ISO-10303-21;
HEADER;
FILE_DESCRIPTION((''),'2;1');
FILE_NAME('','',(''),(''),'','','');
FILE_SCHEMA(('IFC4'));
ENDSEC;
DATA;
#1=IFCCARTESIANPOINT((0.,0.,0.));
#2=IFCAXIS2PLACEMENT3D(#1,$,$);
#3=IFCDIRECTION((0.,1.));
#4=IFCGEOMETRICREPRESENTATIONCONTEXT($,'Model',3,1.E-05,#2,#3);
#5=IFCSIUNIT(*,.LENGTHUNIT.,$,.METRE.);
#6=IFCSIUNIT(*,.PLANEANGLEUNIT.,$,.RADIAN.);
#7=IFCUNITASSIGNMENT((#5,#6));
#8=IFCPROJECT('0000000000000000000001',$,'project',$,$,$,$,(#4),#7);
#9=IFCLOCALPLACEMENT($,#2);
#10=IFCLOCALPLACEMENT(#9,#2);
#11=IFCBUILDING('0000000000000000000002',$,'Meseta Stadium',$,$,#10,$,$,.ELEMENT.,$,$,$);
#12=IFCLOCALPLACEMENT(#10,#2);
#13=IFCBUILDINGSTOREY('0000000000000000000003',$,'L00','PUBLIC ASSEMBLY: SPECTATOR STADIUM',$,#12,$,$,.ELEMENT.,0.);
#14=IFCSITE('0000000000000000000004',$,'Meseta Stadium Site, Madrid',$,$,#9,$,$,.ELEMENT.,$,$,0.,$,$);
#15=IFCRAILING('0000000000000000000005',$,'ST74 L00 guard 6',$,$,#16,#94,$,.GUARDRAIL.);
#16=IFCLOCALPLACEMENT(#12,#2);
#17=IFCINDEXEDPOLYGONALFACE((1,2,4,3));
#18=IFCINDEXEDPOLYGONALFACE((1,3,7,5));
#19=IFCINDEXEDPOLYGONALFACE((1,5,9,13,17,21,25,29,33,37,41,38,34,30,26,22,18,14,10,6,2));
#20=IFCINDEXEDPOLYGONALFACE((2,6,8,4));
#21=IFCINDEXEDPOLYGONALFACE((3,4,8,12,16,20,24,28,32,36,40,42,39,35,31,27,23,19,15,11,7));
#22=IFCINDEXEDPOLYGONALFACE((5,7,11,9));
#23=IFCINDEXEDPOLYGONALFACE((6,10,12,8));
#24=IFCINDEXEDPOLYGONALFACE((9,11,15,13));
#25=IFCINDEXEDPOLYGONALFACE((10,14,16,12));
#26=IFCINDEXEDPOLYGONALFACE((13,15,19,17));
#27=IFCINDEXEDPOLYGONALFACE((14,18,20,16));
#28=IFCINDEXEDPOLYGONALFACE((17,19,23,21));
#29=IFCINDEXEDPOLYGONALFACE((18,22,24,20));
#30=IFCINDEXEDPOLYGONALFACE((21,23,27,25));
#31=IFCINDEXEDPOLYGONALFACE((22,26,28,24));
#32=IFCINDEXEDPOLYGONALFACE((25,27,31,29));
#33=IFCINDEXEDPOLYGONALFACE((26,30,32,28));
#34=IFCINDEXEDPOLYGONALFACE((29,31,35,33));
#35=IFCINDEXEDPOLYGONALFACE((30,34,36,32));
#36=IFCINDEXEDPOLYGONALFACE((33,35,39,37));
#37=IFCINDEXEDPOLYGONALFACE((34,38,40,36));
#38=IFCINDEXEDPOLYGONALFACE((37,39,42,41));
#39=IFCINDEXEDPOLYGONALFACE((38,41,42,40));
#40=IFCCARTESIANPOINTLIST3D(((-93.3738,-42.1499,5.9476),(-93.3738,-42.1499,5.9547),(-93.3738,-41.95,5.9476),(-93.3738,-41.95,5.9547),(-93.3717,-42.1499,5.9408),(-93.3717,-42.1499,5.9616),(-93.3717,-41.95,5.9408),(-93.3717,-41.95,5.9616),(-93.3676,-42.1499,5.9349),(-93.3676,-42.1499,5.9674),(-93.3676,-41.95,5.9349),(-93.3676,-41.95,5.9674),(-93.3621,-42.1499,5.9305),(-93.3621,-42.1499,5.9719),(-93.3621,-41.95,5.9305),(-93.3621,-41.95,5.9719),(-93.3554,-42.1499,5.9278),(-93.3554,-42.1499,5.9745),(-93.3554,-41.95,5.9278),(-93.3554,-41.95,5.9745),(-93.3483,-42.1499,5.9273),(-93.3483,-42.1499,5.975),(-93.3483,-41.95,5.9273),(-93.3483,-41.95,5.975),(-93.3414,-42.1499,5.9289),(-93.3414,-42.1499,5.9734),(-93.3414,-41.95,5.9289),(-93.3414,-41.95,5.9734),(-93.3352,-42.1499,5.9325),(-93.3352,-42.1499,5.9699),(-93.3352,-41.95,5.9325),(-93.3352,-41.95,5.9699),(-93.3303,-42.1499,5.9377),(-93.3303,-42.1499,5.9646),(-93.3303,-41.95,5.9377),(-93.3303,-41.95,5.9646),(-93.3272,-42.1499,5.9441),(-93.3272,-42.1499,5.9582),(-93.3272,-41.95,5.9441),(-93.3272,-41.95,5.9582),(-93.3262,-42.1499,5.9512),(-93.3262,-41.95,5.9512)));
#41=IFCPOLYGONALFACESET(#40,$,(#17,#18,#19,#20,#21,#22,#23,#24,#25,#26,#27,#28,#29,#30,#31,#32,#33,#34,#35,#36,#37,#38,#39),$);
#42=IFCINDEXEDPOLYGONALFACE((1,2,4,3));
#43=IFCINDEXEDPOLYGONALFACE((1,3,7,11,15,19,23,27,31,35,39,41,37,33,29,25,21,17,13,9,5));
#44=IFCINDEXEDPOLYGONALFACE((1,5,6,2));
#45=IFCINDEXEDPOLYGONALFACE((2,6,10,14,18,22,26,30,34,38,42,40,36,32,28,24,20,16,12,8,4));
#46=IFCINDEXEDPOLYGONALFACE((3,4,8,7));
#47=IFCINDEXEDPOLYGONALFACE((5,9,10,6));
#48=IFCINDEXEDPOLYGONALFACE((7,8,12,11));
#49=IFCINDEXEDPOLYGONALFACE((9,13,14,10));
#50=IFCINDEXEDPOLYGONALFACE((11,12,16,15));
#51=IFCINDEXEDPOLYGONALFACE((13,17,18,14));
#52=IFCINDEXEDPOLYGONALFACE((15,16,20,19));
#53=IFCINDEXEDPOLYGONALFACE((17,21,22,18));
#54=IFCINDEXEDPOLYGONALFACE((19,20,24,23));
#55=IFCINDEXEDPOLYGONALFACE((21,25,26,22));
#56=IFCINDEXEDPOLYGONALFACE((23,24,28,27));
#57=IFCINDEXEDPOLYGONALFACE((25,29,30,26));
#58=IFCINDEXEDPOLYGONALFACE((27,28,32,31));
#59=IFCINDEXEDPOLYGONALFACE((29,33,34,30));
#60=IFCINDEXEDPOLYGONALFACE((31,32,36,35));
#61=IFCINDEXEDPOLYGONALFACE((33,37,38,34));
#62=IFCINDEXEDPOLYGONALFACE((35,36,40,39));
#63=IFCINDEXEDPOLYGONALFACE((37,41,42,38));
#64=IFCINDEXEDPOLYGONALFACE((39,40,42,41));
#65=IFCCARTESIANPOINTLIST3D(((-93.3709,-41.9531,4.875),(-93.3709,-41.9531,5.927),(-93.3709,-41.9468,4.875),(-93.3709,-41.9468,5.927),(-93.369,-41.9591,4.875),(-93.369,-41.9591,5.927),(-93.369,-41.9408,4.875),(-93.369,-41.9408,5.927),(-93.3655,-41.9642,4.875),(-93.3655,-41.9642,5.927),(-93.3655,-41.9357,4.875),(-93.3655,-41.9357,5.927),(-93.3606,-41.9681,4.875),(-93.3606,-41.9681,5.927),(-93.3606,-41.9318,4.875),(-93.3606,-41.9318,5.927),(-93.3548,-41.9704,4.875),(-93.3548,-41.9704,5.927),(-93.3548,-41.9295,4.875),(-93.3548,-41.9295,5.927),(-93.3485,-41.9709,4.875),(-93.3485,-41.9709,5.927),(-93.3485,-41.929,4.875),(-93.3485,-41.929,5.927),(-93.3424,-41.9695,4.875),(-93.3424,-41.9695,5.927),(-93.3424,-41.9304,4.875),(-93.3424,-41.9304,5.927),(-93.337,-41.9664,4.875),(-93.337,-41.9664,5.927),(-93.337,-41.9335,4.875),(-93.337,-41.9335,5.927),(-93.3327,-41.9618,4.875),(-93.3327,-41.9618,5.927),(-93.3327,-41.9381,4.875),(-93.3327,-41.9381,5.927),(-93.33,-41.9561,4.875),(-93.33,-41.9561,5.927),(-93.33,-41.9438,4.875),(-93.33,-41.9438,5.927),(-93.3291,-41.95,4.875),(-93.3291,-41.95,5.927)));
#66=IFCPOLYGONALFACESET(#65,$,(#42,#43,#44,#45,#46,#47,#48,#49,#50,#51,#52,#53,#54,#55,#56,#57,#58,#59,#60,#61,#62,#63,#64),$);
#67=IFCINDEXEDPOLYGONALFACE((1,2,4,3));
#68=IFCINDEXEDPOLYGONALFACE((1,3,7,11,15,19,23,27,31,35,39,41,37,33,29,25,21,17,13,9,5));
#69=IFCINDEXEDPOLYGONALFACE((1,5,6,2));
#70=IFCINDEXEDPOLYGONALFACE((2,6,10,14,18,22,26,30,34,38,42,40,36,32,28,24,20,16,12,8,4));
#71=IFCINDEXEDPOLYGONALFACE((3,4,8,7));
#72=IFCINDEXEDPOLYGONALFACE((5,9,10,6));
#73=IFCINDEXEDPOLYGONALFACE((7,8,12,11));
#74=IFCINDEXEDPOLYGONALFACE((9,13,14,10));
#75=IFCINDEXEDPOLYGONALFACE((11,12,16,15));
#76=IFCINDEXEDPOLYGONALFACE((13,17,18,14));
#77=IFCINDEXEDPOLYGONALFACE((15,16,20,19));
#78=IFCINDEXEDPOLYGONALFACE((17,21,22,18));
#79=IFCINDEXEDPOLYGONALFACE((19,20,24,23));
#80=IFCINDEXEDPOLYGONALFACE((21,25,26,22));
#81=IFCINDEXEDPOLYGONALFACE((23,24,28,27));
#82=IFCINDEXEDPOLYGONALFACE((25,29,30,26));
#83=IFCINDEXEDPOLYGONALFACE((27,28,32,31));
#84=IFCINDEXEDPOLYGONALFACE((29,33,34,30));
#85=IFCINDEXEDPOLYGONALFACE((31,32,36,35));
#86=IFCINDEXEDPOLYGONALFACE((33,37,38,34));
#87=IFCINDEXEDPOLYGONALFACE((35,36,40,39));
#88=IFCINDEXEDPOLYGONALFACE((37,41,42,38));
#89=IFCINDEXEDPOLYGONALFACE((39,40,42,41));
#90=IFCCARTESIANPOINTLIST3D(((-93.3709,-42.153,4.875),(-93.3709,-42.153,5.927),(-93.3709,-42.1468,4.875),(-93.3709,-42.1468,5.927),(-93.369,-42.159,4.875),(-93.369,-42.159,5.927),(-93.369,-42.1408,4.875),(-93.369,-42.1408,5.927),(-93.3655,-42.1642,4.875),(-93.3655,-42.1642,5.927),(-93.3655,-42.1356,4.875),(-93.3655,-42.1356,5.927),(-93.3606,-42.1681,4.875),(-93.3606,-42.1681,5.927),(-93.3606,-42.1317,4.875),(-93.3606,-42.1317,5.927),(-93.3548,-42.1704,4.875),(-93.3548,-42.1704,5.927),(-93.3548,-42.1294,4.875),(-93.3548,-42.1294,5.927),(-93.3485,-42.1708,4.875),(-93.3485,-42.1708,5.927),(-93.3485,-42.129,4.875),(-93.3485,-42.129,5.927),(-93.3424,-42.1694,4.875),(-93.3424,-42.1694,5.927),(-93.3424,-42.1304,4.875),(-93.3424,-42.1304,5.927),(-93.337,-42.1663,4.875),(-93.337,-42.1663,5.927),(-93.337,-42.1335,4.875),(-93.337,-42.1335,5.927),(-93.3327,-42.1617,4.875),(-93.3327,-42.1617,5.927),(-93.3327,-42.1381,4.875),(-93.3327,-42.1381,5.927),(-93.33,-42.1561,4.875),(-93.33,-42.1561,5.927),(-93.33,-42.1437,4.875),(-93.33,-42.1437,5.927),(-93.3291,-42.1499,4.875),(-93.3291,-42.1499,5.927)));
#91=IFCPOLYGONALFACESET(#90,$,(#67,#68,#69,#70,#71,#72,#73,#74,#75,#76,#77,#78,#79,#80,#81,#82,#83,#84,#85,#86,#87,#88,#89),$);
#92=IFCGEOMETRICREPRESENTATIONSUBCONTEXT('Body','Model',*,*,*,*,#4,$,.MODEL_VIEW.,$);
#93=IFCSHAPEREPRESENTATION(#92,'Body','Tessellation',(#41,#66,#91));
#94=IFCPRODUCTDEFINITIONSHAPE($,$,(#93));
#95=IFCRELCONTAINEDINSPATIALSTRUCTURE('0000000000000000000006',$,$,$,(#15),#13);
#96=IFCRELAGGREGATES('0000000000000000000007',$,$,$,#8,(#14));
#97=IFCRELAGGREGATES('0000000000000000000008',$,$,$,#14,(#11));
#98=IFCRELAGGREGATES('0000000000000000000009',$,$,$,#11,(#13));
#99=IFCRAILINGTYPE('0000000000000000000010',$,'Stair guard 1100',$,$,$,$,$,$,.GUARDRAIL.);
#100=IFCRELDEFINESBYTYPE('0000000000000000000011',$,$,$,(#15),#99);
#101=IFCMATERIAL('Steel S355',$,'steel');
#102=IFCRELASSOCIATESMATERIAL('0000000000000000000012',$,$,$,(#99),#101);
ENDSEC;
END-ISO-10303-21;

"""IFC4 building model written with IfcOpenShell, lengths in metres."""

from ifc_helpers import new_model, si_unit, direction, frame, origin, origin_2d, place, context, subcontext, project, spatial, circle, extrude, material, type_object, element, save


model = new_model("IFC4")

# Units and contexts
model_context = context("Model", 3, precision=1e-05, world=origin(), true_north=direction((0.0, 1.0)))
body_context = subcontext(model_context, "Body", "Model", "MODEL_VIEW")
ifc_project = project(units=[si_unit("LENGTHUNIT", "METRE"), si_unit("PLANEANGLEUNIT", "RADIAN")], contexts=[model_context])

# Site, building, storey
site_placement = place(None, origin())
site = spatial("IfcSite", under=ifc_project, at=site_placement, Name="Meseta Stadium Site, Madrid", CompositionType="ELEMENT", RefElevation=0.0)
building_placement = place(site_placement, origin())
building = spatial("IfcBuilding", under=site, at=building_placement, Name="Meseta Stadium", CompositionType="ELEMENT")
storey_placement = place(building_placement, origin())
storey = spatial("IfcBuildingStorey", under=building, at=storey_placement, Name="L00", Description="PUBLIC ASSEMBLY: SPECTATOR STADIUM", CompositionType="ELEMENT", Elevation=0.0)

# Railing
ifc_material_1 = material(Name="Steel S355", Category="steel")
railing_type_1 = type_object("IfcRailingType", Name="Stair guard 1100", PredefinedType="GUARDRAIL", material=ifc_material_1)
railing_1_placement = place(storey_placement, frame((-93.3501, -41.95, 4.875)))
element("IfcRailing", 1, at=railing_1_placement, inside=storey, type_object=railing_type_1, Name="ST74 L00 guard 6", PredefinedType="GUARDRAIL", context=body_context, shape_type="SweptSolid", body=[
    extrude(circle(Radius=0.0239, at=origin_2d()), frame((0.0, 0.0, 1.0762), z_axis=(0.0, -1.0, 0.0), x_axis=(1.0, 0.0, 0.0)), (0.0, 0.0, 1.0), 0.2),
    extrude(circle(Radius=0.021, at=origin_2d()), origin(), (0.0, 0.0, 1.0), 1.052),
    extrude(circle(Radius=0.021, at=origin_2d()), frame((0.0, -0.2, 0.0)), (0.0, 0.0, 1.0), 1.052),
])

save(model, "model.ifc")
